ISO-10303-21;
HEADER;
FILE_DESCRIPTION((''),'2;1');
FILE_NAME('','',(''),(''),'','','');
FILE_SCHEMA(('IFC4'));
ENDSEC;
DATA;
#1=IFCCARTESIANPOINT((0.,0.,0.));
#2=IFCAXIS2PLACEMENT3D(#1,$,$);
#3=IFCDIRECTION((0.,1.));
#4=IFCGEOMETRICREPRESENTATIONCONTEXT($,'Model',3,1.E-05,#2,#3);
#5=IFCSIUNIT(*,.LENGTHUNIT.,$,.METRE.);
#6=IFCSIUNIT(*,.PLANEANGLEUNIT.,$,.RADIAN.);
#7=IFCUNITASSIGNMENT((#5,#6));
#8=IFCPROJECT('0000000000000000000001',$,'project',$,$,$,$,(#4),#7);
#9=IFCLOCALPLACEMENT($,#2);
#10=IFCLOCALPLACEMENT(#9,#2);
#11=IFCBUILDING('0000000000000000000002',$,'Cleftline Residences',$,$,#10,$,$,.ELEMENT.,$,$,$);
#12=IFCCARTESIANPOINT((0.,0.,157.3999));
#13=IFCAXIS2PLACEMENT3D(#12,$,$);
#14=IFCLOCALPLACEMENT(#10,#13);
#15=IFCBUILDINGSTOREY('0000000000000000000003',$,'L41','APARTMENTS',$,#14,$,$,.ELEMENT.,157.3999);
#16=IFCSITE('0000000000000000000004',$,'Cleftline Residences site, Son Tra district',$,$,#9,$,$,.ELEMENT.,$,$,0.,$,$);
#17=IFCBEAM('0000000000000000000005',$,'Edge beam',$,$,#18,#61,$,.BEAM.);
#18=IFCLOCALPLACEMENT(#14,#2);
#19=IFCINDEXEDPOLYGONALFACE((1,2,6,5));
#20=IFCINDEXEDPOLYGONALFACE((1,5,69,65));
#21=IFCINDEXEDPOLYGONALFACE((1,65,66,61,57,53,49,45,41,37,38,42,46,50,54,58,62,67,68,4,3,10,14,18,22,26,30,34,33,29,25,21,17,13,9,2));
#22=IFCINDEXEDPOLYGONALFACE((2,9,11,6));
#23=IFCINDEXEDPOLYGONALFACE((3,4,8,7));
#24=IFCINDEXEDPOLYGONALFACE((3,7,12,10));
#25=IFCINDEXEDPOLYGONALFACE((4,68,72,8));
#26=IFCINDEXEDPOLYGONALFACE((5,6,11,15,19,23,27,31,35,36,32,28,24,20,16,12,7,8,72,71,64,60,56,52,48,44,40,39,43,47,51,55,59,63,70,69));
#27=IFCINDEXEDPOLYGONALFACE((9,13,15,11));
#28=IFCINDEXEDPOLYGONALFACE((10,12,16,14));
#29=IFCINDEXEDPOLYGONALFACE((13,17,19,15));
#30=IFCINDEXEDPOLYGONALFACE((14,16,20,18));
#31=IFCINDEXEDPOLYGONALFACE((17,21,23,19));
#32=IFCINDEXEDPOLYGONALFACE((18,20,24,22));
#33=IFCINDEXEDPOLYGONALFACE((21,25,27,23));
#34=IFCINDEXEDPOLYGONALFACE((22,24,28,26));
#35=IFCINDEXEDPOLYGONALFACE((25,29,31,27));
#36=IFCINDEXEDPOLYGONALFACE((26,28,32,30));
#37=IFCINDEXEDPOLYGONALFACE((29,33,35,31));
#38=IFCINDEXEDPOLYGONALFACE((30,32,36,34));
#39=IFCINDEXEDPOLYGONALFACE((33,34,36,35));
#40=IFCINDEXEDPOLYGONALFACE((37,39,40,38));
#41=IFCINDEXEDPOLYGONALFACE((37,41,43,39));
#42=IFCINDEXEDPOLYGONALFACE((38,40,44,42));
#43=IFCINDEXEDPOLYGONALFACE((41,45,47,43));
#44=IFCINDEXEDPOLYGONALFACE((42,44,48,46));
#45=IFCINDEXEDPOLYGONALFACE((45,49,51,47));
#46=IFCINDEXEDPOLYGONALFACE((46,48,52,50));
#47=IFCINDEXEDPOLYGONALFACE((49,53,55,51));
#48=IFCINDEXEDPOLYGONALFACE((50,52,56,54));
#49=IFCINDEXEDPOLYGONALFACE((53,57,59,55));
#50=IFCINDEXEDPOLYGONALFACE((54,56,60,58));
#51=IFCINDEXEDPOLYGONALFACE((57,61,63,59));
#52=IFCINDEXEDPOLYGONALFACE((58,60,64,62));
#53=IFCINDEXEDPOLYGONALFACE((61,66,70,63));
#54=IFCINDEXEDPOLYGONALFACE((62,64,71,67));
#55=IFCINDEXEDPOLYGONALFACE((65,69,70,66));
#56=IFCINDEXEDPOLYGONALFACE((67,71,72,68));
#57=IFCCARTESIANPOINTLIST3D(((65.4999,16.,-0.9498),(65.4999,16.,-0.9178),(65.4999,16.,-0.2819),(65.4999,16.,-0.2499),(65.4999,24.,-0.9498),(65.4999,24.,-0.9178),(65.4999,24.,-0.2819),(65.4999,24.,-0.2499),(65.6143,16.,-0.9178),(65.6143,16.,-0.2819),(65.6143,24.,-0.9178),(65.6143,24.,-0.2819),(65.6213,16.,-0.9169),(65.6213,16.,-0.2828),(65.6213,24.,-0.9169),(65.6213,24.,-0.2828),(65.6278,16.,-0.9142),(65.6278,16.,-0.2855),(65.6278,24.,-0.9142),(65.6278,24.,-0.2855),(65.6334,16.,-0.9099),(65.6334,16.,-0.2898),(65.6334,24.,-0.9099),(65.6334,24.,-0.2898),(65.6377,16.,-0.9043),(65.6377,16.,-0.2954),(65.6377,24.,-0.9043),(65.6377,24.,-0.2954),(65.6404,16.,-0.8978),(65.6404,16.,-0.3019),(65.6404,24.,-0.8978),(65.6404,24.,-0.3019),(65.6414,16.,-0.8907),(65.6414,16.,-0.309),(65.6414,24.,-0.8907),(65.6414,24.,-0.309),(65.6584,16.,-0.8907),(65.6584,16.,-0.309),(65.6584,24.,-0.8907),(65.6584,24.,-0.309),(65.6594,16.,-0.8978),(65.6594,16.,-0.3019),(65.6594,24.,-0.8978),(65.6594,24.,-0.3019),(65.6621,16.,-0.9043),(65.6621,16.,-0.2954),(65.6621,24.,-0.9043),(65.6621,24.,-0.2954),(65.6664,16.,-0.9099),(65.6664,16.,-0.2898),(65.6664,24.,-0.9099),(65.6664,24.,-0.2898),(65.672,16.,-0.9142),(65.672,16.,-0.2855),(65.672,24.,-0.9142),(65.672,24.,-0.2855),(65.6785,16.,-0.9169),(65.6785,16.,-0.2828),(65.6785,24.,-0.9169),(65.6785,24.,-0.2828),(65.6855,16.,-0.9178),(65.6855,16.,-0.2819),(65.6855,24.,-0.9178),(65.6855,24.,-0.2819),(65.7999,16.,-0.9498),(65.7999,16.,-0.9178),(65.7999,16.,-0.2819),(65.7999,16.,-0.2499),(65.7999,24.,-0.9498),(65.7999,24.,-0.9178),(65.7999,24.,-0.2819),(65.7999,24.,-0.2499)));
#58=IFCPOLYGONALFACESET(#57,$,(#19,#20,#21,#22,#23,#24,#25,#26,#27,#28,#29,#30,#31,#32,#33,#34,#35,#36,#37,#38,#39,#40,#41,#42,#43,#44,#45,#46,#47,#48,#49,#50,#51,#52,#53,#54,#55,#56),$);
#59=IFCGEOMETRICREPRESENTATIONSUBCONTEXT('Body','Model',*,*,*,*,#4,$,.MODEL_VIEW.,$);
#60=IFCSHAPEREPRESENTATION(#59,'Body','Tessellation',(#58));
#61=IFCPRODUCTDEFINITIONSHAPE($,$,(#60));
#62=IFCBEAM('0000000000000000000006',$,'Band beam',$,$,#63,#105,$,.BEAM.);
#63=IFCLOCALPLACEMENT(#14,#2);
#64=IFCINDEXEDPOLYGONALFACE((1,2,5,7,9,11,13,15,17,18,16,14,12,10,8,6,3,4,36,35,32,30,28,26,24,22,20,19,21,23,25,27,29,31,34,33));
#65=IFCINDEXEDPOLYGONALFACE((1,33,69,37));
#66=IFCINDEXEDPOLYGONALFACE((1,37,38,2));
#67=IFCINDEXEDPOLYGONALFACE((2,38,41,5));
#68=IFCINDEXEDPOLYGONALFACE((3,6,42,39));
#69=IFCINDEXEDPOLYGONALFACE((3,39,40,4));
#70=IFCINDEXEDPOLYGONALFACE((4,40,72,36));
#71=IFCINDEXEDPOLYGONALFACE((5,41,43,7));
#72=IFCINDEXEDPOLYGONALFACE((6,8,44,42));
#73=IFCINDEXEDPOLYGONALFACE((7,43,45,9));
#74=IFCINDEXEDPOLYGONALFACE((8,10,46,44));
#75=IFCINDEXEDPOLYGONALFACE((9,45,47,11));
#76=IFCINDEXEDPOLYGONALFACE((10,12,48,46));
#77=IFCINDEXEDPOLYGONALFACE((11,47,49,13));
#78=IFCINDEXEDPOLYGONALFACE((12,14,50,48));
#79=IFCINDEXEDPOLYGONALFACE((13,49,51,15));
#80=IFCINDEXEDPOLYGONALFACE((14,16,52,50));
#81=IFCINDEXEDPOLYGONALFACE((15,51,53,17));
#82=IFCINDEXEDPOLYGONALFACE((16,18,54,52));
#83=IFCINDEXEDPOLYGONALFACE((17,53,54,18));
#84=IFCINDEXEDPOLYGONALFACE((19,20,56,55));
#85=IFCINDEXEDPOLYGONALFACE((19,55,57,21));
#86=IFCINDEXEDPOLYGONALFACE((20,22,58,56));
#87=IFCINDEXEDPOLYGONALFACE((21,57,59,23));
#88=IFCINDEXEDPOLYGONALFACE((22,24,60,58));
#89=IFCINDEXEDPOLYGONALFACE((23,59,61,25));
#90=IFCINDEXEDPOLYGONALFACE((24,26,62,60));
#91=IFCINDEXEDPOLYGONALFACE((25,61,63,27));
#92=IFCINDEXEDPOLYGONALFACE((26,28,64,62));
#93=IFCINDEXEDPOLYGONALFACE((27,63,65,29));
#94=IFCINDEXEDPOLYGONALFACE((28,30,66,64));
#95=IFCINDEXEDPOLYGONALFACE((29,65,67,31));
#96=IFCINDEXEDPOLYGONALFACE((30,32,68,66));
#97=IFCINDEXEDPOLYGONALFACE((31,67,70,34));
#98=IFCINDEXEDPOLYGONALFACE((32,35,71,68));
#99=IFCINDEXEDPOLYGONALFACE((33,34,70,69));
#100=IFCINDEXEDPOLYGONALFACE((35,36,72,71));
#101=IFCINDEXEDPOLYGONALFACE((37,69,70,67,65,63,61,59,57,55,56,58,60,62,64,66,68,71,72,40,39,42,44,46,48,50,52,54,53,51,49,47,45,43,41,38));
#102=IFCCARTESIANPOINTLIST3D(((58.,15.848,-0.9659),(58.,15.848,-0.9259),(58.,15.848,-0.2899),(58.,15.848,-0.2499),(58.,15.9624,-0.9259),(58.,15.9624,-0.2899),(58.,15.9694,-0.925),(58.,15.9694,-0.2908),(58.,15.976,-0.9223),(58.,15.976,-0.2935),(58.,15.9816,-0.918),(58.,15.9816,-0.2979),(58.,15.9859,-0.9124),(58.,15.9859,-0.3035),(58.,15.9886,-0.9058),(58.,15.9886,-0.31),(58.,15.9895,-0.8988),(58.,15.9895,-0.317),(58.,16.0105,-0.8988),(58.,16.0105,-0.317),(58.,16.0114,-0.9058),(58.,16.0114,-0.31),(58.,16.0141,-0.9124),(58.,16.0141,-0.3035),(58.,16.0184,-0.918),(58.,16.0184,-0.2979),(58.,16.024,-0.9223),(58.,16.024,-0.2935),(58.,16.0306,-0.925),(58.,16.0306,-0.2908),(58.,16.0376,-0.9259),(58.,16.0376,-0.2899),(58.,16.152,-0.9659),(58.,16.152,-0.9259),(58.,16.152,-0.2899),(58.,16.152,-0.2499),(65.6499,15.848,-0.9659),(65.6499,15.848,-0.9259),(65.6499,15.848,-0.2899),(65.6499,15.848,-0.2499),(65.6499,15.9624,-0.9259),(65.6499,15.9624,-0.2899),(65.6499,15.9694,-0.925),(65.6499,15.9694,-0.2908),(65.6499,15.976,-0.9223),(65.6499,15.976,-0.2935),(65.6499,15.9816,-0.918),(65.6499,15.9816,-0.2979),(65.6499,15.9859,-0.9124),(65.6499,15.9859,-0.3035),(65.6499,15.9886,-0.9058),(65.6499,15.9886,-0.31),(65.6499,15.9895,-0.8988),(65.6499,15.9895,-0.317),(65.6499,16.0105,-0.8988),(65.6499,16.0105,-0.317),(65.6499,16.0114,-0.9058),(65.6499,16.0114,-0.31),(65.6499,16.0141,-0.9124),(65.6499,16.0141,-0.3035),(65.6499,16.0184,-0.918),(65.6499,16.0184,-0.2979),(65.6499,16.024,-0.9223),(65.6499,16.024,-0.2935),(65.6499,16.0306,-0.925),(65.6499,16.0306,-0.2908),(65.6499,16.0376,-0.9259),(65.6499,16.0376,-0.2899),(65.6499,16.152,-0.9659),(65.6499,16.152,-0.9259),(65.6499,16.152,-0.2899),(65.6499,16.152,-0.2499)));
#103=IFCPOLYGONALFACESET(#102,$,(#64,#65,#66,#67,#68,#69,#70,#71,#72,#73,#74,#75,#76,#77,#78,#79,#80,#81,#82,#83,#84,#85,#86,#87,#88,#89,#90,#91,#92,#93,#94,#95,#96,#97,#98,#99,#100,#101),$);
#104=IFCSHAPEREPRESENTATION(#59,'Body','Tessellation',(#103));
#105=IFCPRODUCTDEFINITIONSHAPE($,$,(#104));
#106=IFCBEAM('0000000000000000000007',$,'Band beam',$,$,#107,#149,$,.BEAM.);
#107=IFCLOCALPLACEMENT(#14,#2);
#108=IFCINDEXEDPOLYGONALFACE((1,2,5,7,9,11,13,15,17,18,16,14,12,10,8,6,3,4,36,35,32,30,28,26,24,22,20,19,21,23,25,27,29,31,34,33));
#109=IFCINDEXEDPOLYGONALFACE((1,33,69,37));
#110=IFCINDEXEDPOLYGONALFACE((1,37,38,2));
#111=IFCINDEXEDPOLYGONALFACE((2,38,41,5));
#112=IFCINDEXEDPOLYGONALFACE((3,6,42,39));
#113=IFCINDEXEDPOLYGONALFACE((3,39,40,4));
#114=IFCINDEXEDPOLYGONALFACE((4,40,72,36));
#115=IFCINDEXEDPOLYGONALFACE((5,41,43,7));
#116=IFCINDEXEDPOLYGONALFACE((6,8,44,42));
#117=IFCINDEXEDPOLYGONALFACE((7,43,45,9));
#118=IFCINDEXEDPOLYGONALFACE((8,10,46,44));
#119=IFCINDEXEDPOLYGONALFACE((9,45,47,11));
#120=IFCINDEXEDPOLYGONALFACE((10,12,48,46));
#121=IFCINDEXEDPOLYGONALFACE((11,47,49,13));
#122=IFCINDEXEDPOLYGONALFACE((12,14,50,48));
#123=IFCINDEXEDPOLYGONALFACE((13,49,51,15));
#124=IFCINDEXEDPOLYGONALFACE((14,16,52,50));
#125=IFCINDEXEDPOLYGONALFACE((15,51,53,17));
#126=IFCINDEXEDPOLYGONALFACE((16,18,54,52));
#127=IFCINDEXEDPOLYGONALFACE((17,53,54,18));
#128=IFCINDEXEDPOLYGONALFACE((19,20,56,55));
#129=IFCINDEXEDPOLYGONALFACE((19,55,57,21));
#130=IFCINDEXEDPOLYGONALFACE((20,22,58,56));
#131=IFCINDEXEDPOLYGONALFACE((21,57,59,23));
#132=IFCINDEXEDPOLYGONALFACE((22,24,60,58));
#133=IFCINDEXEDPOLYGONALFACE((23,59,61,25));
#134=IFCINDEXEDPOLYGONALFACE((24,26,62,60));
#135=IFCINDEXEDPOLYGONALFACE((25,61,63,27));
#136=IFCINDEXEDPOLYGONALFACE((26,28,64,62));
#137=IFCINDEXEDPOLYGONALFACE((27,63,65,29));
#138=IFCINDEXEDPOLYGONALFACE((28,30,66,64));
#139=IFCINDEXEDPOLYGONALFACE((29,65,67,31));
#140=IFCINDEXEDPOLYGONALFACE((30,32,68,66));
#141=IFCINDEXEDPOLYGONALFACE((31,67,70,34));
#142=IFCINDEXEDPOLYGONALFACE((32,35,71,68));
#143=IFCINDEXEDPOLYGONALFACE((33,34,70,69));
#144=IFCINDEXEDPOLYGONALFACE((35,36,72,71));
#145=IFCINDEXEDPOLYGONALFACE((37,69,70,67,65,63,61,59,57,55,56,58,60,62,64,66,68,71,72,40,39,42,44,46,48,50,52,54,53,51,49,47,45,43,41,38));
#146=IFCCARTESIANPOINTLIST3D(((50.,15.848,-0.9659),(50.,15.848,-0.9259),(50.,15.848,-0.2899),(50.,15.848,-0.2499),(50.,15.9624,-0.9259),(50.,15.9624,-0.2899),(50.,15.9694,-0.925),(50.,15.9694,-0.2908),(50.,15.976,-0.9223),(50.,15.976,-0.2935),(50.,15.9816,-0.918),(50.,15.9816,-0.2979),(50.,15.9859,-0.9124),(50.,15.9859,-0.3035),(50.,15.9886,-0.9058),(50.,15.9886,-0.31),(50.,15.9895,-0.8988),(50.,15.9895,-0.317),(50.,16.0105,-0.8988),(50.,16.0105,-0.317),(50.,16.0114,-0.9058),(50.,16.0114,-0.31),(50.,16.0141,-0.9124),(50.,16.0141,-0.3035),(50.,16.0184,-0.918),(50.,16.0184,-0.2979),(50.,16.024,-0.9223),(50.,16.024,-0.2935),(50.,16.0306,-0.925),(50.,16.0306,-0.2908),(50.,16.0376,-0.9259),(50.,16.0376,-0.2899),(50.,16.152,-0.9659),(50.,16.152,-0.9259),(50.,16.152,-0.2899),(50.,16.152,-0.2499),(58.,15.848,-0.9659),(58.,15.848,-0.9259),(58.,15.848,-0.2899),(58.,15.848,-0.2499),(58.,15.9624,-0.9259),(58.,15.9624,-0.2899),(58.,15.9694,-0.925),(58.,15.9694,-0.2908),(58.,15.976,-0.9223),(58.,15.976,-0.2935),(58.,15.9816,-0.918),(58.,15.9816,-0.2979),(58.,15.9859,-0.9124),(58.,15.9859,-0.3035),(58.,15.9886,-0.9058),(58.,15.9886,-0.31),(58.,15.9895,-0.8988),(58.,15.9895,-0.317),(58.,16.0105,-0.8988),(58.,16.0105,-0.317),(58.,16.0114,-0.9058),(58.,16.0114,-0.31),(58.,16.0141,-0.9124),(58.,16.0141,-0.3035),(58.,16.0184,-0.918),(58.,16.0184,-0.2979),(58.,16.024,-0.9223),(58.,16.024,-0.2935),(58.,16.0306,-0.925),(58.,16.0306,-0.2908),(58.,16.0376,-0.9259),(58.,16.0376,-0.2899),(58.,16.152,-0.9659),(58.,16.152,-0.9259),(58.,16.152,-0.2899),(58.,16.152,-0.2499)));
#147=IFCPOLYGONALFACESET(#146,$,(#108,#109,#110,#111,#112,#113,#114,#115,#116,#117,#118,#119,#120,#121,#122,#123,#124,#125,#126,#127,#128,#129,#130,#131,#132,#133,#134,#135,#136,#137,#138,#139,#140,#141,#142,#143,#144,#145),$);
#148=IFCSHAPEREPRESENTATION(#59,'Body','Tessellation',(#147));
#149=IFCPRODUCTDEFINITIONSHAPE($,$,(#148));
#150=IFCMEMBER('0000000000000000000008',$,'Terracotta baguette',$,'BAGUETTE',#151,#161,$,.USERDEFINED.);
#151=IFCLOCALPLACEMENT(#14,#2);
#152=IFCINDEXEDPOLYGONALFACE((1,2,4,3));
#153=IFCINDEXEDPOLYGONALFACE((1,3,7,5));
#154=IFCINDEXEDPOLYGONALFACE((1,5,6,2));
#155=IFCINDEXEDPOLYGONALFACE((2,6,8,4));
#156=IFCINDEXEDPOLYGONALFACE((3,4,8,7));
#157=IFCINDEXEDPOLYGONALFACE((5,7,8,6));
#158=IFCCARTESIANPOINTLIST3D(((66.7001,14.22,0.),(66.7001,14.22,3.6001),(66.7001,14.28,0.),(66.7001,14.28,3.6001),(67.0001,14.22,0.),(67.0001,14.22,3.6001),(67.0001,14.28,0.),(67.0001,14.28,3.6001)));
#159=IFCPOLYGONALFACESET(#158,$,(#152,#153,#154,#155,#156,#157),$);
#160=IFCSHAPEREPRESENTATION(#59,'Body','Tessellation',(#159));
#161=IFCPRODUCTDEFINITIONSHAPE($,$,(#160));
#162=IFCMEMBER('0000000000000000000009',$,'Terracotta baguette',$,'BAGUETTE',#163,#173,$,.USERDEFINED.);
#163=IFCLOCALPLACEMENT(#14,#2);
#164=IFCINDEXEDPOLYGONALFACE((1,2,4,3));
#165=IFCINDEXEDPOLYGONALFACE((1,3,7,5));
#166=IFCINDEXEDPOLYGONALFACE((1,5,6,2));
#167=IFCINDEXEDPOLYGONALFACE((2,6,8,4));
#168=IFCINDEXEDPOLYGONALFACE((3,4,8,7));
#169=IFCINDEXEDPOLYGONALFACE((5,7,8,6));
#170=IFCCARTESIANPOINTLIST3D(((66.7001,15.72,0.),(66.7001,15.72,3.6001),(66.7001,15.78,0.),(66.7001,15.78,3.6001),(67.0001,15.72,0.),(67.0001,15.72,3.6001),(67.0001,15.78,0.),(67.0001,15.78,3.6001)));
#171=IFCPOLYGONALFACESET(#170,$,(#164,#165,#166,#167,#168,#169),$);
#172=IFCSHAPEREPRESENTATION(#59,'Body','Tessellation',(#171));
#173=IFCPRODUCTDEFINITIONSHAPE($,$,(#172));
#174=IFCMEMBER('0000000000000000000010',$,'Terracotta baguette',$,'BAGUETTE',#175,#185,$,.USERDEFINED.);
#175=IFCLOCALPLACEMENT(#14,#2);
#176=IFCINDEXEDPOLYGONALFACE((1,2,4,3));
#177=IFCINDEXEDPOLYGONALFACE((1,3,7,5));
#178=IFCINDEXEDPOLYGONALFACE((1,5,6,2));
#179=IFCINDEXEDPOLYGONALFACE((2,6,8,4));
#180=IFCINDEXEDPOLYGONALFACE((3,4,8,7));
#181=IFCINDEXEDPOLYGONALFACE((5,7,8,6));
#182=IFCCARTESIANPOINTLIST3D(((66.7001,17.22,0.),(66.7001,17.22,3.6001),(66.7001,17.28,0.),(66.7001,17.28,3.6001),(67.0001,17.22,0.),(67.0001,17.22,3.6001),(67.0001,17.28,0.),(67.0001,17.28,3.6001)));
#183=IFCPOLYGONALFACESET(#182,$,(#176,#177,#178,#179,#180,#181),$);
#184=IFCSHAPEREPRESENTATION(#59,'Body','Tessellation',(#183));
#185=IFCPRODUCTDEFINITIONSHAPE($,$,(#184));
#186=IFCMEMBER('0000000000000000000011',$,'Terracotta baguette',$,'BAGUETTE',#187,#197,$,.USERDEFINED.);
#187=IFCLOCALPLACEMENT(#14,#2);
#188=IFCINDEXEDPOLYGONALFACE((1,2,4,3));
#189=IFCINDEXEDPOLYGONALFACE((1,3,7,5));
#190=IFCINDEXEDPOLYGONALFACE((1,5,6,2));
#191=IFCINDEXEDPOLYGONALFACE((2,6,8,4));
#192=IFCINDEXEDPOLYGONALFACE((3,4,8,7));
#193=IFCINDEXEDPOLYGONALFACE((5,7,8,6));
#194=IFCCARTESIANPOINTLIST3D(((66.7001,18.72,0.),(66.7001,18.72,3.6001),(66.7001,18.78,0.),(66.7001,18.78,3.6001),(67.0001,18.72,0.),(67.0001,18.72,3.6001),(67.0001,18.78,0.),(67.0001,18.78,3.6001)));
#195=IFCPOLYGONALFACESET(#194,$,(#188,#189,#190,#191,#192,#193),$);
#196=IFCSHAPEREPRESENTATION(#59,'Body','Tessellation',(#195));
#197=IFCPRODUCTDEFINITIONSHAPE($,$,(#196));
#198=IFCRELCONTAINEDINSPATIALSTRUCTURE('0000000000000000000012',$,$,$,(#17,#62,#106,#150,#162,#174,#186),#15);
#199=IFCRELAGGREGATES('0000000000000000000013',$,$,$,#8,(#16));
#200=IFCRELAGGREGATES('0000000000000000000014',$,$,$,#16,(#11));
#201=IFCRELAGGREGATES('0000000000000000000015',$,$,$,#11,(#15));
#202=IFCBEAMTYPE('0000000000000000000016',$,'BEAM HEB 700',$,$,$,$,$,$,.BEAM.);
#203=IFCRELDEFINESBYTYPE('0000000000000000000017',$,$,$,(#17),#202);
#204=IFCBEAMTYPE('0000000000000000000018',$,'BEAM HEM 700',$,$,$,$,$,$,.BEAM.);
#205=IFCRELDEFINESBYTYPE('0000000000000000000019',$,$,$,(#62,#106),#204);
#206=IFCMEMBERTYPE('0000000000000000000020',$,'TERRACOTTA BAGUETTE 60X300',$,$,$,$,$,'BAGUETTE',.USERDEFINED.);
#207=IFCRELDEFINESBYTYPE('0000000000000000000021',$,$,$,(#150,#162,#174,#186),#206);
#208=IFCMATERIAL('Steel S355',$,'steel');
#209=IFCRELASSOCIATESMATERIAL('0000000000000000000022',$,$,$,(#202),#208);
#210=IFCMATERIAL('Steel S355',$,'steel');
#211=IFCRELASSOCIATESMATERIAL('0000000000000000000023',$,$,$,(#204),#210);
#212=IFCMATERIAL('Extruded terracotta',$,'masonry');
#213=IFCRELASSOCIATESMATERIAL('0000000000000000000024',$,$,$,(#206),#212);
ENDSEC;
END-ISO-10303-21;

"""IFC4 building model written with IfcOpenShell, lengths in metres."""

from ifc_helpers import new_model, si_unit, direction, frame, origin, origin_2d, place, context, subcontext, project, spatial, rectangle, i_section, extrude, material, material_profile, profile_set, type_object, element, save


model = new_model("IFC4")

# Units and contexts
model_context = context("Model", 3, precision=1e-05, world=origin(), true_north=direction((0.0, 1.0)))
body_context = subcontext(model_context, "Body", "Model", "MODEL_VIEW")
ifc_project = project(units=[si_unit("LENGTHUNIT", "METRE"), si_unit("PLANEANGLEUNIT", "RADIAN")], contexts=[model_context])

# Site, building, storey
site_placement = place(None, origin())
site = spatial("IfcSite", under=ifc_project, at=site_placement, Name="Cleftline Residences site, Son Tra district", CompositionType="ELEMENT", RefElevation=0.0)
building_placement = place(site_placement, origin())
building = spatial("IfcBuilding", under=site, at=building_placement, Name="Cleftline Residences", CompositionType="ELEMENT")
storey_placement = place(building_placement, frame((0.0, 0.0, 157.3999)))
storey = spatial("IfcBuildingStorey", under=building, at=storey_placement, Name="L41", Description="APARTMENTS", CompositionType="ELEMENT", Elevation=157.3999)

# Beams
ifc_material_1 = material(Name="Steel S355", Category="steel")
ifc_material_profile_1 = material_profile(ifc_material_1, i_section(OverallWidth=0.3, OverallDepth=0.7, WebThickness=0.0171, FlangeThickness=0.032, FilletRadius=0.0271, at=origin_2d()))
ifc_profile_set_1 = profile_set([ifc_material_profile_1], Name="Steel S355")
beam_type_1 = type_object("IfcBeamType", Name="BEAM HEB 700", PredefinedType="BEAM", material=ifc_profile_set_1)
beam_1_placement = place(storey_placement, frame((65.6499, 16.0, -0.5999), z_axis=(0.0, 1.0, 0.0), x_axis=(-1.0, 0.0, 0.0)))
element("IfcBeam", 1, at=beam_1_placement, inside=storey, type_object=beam_type_1, Name="Edge beam", PredefinedType="BEAM", context=body_context, shape_type="SweptSolid", body=[
    extrude(i_section(OverallWidth=0.3, OverallDepth=0.7, WebThickness=0.0171, FlangeThickness=0.032, FilletRadius=0.0271, at=origin_2d()), origin(), (0.0, 0.0, 1.0), 8.0),
])
ifc_material_2 = material(Name="Steel S355", Category="steel")
ifc_material_profile_2 = material_profile(ifc_material_2, i_section(OverallWidth=0.304, OverallDepth=0.7161, WebThickness=0.021, FlangeThickness=0.04, FilletRadius=0.0271, at=origin_2d()))
ifc_profile_set_2 = profile_set([ifc_material_profile_2], Name="Steel S355")
beam_type_2 = type_object("IfcBeamType", Name="BEAM HEM 700", PredefinedType="BEAM", material=ifc_profile_set_2)
beam_2_placement = place(storey_placement, frame((65.6499, 16.0, -0.6079), z_axis=(-1.0, 0.0, 0.0), x_axis=(0.0, -1.0, 0.0)))
element("IfcBeam", 2, at=beam_2_placement, inside=storey, type_object=beam_type_2, Name="Band beam", PredefinedType="BEAM", context=body_context, shape_type="SweptSolid", body=[
    extrude(i_section(OverallWidth=0.304, OverallDepth=0.7161, WebThickness=0.021, FlangeThickness=0.04, FilletRadius=0.0271, at=origin_2d()), origin(), (0.0, 0.0, 1.0), 7.6499),
])
beam_3_placement = place(storey_placement, frame((58.0, 16.0, -0.6079), z_axis=(-1.0, 0.0, 0.0), x_axis=(0.0, -1.0, 0.0)))
element("IfcBeam", 3, at=beam_3_placement, inside=storey, type_object=beam_type_2, Name="Band beam", PredefinedType="BEAM", context=body_context, shape_type="SweptSolid", body=[
    extrude(i_section(OverallWidth=0.304, OverallDepth=0.7161, WebThickness=0.021, FlangeThickness=0.04, FilletRadius=0.0271, at=origin_2d()), origin(), (0.0, 0.0, 1.0), 8.0),
])

# Members
ifc_material_3 = material(Name="Extruded terracotta", Category="masonry")
ifc_material_profile_3 = material_profile(ifc_material_3, rectangle(XDim=0.0601, YDim=0.3, at=origin_2d()))
ifc_profile_set_3 = profile_set([ifc_material_profile_3], Name="Extruded terracotta")
member_type_1 = type_object("IfcMemberType", Name="TERRACOTTA BAGUETTE 60X300", ElementType="BAGUETTE", PredefinedType="USERDEFINED", material=ifc_profile_set_3)
for number, where, z_axis, x_axis, name in (
    (4, (66.8501, 14.25, 0.0), (0.0, 0.0, 1.0), (0.0, 1.0, 0.0), "Terracotta baguette"),
    (5, (66.8501, 15.75, 0.0), (0.0, 0.0, 1.0), (0.0, 1.0, 0.0), "Terracotta baguette"),
    (6, (66.8501, 17.25, 0.0), (0.0, 0.0, 1.0), (0.0, 1.0, 0.0), "Terracotta baguette"),
    (7, (66.8501, 18.75, 0.0), (0.0, 0.0, 1.0), (0.0, 1.0, 0.0), "Terracotta baguette"),
):
    element("IfcMember", number, at=place(storey_placement, frame(where, z_axis=z_axis, x_axis=x_axis)), inside=storey, type_object=member_type_1, Name=name, ObjectType="BAGUETTE", PredefinedType="USERDEFINED", context=body_context, shape_type="SweptSolid", body=[
        extrude(rectangle(XDim=0.0601, YDim=0.3, at=origin_2d()), origin(), (0.0, 0.0, 1.0), 3.6001),
    ])

save(model, "model.ifc")
